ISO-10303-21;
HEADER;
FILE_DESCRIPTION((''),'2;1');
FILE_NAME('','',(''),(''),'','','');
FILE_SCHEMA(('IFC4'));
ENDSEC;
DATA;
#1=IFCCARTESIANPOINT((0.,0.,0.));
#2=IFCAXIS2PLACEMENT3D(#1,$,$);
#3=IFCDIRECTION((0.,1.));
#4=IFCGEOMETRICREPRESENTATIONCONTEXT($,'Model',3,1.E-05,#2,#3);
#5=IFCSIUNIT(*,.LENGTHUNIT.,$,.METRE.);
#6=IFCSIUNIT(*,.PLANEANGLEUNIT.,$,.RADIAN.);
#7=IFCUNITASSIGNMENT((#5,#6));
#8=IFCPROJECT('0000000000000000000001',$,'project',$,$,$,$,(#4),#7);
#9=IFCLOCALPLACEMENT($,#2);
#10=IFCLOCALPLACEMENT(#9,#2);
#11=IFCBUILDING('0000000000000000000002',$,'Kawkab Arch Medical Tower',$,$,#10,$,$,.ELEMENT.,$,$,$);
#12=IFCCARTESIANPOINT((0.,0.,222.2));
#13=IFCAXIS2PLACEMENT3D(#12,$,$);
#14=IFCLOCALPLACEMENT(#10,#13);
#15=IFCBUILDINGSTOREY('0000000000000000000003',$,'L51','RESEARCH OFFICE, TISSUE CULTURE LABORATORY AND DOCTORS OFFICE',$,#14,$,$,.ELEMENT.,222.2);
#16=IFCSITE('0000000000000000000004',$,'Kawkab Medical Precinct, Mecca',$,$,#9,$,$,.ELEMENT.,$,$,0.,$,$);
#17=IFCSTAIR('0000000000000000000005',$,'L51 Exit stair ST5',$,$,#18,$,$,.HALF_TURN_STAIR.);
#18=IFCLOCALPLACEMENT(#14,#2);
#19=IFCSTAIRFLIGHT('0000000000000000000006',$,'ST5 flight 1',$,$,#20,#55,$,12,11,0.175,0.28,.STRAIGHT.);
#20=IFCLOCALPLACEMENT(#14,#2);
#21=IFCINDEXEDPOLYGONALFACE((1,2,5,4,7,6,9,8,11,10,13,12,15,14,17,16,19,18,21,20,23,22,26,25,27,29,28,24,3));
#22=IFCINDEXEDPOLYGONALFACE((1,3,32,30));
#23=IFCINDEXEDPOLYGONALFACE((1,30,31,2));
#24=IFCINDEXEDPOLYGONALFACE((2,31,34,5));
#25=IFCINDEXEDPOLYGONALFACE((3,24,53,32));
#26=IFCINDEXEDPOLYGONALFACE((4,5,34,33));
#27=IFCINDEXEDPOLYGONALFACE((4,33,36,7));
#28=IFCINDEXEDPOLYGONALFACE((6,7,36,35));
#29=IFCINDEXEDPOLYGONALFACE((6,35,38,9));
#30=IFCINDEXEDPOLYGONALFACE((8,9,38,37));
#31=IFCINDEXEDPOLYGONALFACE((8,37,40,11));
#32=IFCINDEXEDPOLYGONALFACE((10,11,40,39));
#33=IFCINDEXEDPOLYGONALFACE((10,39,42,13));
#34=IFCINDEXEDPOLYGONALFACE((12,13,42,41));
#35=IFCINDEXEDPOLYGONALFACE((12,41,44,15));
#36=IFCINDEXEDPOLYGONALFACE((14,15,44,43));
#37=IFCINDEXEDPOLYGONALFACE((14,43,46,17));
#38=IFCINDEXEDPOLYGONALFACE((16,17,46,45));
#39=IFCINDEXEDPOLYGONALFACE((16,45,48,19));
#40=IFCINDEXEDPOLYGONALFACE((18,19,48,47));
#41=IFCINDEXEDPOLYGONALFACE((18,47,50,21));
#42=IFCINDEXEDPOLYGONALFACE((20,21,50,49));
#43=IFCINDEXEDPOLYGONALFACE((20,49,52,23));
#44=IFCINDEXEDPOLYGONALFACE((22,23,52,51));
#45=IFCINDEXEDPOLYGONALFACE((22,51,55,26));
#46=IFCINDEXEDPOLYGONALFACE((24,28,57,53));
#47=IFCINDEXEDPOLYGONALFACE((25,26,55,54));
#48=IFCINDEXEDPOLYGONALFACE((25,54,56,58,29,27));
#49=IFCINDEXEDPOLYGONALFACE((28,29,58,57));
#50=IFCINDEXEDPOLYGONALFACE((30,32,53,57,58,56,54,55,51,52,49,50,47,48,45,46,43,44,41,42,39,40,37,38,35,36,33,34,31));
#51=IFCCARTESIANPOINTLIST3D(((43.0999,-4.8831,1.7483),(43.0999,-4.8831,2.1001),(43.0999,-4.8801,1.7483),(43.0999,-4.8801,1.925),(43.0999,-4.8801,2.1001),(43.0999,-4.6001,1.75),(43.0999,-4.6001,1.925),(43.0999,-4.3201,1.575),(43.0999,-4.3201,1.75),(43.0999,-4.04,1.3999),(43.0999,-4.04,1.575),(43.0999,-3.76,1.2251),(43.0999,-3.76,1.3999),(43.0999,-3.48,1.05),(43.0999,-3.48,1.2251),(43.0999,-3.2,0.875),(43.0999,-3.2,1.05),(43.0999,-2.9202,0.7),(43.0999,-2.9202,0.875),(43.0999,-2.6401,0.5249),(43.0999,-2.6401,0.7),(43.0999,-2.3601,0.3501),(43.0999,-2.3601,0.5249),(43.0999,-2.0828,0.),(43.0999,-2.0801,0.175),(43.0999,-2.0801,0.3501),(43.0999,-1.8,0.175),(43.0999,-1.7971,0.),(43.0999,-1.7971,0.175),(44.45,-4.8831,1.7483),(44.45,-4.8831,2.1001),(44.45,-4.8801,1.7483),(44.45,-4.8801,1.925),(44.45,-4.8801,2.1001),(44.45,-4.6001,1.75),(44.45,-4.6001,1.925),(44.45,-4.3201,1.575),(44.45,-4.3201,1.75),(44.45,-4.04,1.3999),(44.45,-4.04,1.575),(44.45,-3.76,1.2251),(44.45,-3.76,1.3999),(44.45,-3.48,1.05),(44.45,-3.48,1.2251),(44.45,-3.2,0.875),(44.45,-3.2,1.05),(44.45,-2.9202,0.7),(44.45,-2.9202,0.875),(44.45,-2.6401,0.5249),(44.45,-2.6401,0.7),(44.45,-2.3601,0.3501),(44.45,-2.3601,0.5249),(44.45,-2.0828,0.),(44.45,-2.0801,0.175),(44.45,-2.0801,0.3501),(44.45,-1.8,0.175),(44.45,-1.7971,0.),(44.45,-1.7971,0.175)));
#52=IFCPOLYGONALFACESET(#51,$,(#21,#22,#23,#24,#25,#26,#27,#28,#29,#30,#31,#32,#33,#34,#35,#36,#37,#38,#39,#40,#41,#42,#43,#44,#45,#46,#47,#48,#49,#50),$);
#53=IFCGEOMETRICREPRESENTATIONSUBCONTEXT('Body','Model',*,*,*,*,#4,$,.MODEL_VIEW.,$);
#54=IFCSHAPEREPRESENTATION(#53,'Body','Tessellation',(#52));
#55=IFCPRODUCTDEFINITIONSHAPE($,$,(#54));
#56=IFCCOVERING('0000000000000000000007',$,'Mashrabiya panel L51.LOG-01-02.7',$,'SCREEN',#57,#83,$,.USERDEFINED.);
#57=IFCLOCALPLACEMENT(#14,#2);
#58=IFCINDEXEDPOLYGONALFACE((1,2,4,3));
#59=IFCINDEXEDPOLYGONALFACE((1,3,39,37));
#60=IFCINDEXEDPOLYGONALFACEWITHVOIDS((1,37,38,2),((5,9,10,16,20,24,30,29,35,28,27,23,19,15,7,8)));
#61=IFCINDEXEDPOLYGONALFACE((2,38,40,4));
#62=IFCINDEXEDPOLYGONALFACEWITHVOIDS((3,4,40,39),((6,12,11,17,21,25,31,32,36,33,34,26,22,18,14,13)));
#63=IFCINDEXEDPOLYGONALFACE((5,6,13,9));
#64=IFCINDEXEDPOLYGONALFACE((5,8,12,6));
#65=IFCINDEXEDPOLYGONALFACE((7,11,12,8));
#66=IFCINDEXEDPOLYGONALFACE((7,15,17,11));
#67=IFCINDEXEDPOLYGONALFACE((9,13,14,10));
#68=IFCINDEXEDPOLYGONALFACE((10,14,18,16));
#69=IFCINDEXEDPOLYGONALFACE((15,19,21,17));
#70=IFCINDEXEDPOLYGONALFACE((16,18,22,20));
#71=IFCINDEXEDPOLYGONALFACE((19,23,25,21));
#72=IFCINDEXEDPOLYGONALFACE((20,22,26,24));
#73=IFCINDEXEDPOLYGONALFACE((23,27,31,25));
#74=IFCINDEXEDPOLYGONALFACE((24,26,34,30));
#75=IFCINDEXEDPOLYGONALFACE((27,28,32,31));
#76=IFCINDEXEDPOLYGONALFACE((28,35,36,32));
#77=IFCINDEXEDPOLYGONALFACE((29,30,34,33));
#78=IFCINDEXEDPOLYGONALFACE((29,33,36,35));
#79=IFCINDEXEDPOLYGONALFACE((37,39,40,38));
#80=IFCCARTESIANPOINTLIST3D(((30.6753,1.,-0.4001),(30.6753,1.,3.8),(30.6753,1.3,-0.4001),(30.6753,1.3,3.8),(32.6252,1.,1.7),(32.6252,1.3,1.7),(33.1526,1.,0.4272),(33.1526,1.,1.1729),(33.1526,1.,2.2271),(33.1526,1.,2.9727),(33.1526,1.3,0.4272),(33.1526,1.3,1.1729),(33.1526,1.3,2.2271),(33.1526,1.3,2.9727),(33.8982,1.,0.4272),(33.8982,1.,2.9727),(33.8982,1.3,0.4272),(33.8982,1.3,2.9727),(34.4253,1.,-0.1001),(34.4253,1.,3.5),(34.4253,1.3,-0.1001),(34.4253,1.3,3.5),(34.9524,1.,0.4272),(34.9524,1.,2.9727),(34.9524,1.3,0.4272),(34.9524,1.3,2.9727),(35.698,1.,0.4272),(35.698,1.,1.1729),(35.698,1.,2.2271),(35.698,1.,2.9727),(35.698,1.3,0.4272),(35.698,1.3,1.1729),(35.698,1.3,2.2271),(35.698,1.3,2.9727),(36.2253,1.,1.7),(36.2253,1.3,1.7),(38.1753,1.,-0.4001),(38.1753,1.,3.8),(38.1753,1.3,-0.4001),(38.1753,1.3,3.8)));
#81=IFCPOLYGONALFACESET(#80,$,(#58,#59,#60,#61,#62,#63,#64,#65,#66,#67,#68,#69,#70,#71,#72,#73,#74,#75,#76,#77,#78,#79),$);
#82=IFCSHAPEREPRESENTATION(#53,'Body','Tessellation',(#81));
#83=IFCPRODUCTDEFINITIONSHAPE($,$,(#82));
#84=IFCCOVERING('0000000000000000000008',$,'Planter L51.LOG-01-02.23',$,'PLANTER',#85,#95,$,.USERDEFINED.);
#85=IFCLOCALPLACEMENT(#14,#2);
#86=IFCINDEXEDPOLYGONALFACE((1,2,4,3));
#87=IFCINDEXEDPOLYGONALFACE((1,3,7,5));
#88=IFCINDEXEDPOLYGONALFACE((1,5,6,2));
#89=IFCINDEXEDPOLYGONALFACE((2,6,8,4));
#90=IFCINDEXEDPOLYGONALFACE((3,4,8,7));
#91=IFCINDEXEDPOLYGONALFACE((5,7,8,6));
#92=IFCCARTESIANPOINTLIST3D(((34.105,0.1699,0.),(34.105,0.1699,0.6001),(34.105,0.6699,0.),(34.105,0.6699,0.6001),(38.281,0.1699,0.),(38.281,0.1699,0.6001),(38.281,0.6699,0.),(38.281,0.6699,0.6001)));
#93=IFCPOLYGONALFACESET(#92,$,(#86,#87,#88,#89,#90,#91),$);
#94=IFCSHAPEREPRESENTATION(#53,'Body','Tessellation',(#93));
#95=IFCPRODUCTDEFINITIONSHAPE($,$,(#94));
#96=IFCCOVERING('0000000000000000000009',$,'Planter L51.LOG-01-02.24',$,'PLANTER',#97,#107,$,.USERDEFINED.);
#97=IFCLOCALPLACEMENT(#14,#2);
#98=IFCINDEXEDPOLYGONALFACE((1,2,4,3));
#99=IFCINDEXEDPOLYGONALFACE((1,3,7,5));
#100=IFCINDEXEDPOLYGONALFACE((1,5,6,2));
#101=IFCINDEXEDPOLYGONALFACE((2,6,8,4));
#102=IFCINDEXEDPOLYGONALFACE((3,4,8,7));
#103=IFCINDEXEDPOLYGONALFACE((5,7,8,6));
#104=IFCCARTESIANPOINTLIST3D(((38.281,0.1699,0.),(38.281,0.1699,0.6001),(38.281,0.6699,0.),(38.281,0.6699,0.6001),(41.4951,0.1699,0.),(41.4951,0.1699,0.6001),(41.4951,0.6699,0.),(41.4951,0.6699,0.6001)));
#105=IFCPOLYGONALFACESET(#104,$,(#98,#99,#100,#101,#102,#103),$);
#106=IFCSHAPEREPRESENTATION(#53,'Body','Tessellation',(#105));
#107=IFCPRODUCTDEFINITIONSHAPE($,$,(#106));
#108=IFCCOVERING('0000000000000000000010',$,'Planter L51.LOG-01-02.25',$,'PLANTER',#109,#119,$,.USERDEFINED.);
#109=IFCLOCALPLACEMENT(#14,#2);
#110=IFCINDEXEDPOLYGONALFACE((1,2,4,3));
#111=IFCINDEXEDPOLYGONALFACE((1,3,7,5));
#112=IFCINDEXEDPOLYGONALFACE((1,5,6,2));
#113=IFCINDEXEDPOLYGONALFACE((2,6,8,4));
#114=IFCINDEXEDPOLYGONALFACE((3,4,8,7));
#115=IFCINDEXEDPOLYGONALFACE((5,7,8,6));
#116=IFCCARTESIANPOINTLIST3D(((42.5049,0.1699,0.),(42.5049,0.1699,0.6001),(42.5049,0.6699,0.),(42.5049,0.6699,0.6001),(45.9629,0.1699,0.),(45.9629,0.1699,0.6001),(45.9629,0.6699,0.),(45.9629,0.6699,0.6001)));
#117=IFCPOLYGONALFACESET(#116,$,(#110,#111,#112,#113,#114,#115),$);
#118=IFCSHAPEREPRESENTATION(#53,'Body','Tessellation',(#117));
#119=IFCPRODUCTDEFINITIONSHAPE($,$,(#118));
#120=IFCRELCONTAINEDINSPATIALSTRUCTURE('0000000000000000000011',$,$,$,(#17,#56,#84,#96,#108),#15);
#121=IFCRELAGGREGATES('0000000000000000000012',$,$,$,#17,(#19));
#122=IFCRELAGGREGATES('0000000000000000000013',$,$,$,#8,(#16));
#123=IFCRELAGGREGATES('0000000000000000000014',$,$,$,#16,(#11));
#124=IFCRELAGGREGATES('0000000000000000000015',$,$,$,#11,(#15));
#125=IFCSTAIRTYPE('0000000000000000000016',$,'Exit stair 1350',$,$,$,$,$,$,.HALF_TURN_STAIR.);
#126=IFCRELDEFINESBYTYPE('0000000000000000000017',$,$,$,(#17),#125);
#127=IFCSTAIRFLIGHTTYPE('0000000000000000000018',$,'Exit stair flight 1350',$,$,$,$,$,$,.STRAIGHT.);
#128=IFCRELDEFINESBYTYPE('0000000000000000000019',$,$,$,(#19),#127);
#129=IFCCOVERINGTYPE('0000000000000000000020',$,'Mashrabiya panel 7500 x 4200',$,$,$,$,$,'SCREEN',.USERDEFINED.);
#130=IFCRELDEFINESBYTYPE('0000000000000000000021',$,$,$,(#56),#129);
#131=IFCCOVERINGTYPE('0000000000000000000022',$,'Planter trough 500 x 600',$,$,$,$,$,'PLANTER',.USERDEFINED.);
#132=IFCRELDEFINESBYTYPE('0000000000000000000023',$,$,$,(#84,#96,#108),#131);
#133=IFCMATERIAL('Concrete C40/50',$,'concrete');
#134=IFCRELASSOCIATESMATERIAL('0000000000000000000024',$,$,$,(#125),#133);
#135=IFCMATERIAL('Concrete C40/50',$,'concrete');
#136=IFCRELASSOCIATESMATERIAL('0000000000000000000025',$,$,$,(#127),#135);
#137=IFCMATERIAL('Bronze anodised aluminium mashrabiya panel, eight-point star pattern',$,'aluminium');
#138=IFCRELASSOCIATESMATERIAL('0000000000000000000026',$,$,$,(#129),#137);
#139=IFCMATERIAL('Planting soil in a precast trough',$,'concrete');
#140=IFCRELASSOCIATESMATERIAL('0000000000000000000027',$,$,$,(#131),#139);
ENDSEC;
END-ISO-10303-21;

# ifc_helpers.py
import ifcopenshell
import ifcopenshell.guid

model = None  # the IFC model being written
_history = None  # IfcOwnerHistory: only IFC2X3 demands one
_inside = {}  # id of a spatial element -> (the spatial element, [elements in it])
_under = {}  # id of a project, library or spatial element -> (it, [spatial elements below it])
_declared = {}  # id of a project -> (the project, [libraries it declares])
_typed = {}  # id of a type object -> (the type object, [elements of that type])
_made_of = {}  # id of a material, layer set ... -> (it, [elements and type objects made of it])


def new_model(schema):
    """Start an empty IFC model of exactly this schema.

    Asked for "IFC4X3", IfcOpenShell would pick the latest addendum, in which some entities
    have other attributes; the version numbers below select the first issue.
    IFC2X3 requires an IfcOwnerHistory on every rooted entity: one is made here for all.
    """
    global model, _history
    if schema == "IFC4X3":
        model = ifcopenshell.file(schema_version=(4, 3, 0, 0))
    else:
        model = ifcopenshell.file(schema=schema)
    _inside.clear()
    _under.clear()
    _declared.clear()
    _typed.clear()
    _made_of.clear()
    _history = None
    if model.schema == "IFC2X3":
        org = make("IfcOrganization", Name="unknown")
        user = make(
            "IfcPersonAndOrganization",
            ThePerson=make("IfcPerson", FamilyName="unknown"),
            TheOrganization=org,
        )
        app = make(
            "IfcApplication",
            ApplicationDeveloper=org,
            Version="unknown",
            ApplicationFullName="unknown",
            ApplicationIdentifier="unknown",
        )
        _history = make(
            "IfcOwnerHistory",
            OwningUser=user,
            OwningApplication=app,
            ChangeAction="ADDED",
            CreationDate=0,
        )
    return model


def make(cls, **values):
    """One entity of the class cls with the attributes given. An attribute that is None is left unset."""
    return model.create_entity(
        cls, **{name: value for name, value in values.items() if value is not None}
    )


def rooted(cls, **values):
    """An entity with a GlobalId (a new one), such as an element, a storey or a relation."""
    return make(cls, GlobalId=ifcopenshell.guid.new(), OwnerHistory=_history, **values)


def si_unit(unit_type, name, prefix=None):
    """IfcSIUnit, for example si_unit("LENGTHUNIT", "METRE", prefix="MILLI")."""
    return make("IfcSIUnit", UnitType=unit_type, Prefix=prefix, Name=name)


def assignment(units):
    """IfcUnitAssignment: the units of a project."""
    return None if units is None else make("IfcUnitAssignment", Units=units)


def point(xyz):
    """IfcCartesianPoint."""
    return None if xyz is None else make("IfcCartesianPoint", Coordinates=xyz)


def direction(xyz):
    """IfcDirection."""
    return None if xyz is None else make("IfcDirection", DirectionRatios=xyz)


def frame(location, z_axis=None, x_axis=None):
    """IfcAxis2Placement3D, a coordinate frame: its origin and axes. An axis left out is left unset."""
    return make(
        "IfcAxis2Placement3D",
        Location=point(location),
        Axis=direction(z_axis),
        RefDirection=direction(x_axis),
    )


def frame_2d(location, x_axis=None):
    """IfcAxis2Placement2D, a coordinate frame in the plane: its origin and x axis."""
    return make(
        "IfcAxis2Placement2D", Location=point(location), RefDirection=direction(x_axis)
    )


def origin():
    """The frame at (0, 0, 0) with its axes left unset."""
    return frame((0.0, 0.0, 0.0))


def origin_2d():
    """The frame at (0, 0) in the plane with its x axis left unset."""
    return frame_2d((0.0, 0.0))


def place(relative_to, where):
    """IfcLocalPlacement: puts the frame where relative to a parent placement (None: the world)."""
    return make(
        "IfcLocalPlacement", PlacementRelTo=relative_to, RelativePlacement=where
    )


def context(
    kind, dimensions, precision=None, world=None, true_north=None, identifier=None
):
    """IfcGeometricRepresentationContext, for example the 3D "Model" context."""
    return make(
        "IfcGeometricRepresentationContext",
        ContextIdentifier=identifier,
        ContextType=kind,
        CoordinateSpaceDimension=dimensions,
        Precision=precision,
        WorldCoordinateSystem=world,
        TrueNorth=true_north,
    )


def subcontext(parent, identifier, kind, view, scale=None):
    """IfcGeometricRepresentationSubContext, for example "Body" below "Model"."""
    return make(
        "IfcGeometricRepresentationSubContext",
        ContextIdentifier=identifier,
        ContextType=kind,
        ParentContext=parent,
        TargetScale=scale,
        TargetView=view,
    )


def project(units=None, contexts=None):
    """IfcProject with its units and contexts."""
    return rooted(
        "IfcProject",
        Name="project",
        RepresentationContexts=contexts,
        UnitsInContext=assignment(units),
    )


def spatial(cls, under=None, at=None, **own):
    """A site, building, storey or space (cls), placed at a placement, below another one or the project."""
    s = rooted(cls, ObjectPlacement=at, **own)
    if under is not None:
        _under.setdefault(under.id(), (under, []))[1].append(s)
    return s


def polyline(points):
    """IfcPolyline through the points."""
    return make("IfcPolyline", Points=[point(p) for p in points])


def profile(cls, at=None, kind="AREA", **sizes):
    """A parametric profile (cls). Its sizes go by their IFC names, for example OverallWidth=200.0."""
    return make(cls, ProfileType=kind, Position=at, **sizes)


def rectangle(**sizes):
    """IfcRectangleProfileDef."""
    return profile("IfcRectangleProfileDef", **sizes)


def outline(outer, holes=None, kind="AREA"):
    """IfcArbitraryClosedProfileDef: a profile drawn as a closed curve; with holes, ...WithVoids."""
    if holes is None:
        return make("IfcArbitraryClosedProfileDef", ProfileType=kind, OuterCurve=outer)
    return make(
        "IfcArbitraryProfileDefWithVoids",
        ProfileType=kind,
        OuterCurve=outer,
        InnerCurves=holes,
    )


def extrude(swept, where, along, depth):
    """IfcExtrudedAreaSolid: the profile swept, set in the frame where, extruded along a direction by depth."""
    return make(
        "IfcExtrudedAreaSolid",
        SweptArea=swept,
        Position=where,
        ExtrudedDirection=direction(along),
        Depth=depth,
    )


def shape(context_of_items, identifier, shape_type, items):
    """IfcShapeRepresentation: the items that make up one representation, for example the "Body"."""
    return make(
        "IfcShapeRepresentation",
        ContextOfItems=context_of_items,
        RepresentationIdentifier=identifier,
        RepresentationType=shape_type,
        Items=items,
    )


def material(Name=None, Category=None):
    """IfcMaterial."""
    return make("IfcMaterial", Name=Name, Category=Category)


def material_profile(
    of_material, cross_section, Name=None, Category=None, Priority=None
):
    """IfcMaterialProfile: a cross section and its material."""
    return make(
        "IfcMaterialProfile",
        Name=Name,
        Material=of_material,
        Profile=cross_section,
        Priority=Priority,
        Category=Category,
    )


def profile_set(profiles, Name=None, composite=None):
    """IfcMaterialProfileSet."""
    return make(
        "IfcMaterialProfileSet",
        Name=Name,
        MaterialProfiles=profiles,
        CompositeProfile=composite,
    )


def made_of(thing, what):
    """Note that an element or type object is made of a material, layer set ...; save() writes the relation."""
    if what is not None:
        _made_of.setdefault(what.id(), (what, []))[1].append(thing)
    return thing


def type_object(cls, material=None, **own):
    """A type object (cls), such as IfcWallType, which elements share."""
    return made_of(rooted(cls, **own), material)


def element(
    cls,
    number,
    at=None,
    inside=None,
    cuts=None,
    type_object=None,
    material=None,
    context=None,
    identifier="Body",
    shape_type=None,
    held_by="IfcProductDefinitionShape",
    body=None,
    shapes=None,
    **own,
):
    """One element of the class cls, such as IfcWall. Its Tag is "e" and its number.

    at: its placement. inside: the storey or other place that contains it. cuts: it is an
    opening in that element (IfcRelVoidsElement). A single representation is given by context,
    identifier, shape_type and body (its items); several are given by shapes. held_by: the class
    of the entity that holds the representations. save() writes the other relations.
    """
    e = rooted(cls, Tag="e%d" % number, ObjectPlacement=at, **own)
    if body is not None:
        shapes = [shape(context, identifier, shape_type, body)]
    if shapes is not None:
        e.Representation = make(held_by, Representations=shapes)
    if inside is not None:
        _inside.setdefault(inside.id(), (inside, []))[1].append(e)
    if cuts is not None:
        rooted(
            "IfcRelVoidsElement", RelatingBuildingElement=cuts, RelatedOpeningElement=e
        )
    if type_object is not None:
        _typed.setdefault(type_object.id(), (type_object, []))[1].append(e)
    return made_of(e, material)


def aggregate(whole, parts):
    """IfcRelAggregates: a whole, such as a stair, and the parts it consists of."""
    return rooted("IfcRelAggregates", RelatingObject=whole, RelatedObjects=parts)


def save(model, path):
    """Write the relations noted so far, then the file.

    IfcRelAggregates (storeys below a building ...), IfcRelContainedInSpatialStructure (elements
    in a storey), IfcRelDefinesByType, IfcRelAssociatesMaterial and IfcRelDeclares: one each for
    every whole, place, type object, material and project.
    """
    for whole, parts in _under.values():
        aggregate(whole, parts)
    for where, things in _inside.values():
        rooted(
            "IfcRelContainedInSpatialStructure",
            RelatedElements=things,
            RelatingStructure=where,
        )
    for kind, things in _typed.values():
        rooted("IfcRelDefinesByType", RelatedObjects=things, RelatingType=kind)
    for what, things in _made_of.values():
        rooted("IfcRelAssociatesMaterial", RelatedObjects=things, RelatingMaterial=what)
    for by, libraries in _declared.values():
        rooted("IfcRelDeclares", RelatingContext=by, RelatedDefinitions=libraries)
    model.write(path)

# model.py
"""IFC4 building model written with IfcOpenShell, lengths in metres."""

from ifc_helpers import new_model, si_unit, direction, frame, origin, origin_2d, place, context, subcontext, project, spatial, polyline, rectangle, outline, extrude, material, material_profile, profile_set, type_object, element, aggregate, save


model = new_model("IFC4")

# Units and contexts
model_context = context("Model", 3, precision=1e-05, world=origin(), true_north=direction((0.0, 1.0)))
body_context = subcontext(model_context, "Body", "Model", "MODEL_VIEW")
ifc_project = project(units=[si_unit("LENGTHUNIT", "METRE"), si_unit("PLANEANGLEUNIT", "RADIAN")], contexts=[model_context])

# Site, building, storey
site_placement = place(None, origin())
site = spatial("IfcSite", under=ifc_project, at=site_placement, Name="Kawkab Medical Precinct, Mecca", CompositionType="ELEMENT", RefElevation=0.0)
building_placement = place(site_placement, origin())
building = spatial("IfcBuilding", under=site, at=building_placement, Name="Kawkab Arch Medical Tower", CompositionType="ELEMENT")
storey_placement = place(building_placement, frame((0.0, 0.0, 222.2)))
storey = spatial("IfcBuildingStorey", under=building, at=storey_placement, Name="L51", Description="RESEARCH OFFICE, TISSUE CULTURE LABORATORY AND DOCTORS OFFICE", CompositionType="ELEMENT", Elevation=222.2)

# Shared definitions
placement = place(storey_placement, origin())

# Stair, stair flight
ifc_material_1 = material(Name="Concrete C40/50", Category="concrete")
stair_type = type_object("IfcStairType", Name="Exit stair 1350", PredefinedType="HALF_TURN_STAIR", material=ifc_material_1)
stair = element("IfcStair", 1, at=placement, inside=storey, type_object=stair_type, Name="L51 Exit stair ST5", PredefinedType="HALF_TURN_STAIR")
ifc_material_2 = material(Name="Concrete C40/50", Category="concrete")
stair_flight_type = type_object("IfcStairFlightType", Name="Exit stair flight 1350", PredefinedType="STRAIGHT", material=ifc_material_2)
stair_flight_placement = place(storey_placement, frame((43.7749, -1.8, 0.0), z_axis=(0.0, 0.0, 1.0), x_axis=(0.0, -1.0, 0.0)))
stair_flight = element("IfcStairFlight", 2, at=stair_flight_placement, type_object=stair_flight_type, Name="ST5 flight 1", NumberOfRisers=12, NumberOfTreads=11, PredefinedType="STRAIGHT", RiserHeight=0.175, TreadLength=0.28, context=body_context, shape_type="SweptSolid", body=[
    extrude(outline(polyline([(-0.0029, 0.0), (-0.0029, 0.175), (0.0, 0.175), (0.28, 0.175), (0.28, 0.3501), (0.5601, 0.3501), (0.5601, 0.5249), (0.8401, 0.5249), (0.8401, 0.7), (1.1201, 0.7), (1.1201, 0.875), (1.3999, 0.875), (1.3999, 1.05), (1.6799, 1.05), (1.6799, 1.2251), (1.96, 1.2251), (1.96, 1.3999), (2.24, 1.3999), (2.24, 1.575), (2.52, 1.575), (2.52, 1.75), (2.8, 1.75), (2.8, 1.925), (3.0801, 1.925), (3.0801, 2.1001), (3.083, 2.1001), (3.083, 1.7483), (3.0801, 1.7483), (0.2827, 0.0), (-0.0029, 0.0)])), frame((0.0, 0.675, 0.0), z_axis=(0.0, -1.0, 0.0), x_axis=(1.0, 0.0, 0.0)), (0.0, 0.0, 1.0), 1.3501),
])
aggregate(stair, [stair_flight])

# Coverings
ifc_material_3 = material(Name="Bronze anodised aluminium mashrabiya panel, eight-point star pattern", Category="aluminium")
ifc_material_profile_1 = material_profile(ifc_material_3, outline(polyline([(-3.75, -2.1001), (3.75, -2.1001), (3.75, 2.1001), (-3.75, 2.1001), (-3.75, -2.1001)]), holes=[polyline([(1.8, 0.0), (1.2727, 0.5271), (1.2727, 1.2727), (0.5271, 1.2727), (0.0, 1.8), (-0.5271, 1.2727), (-1.2727, 1.2727), (-1.2727, 0.5271), (-1.8, 0.0), (-1.2727, -0.5271), (-1.2727, -1.2727), (-0.5271, -1.2727), (0.0, -1.8), (0.5271, -1.2727), (1.2727, -1.2727), (1.2727, -0.5271), (1.8, 0.0)])]), Name="Mashrabiya panel 7500x4200")
ifc_profile_set_1 = profile_set([ifc_material_profile_1], Name="Bronze anodised aluminium mashrabiya panel, eight-point star pattern")
covering_type_1 = type_object("IfcCoveringType", Name="Mashrabiya panel 7500 x 4200", ElementType="SCREEN", PredefinedType="USERDEFINED", material=ifc_profile_set_1)
covering_1_placement = place(storey_placement, frame((34.4253, 1.0, 1.7), z_axis=(0.0, 1.0, 0.0), x_axis=(-1.0, 0.0, 0.0)))
element("IfcCovering", 3, at=covering_1_placement, inside=storey, type_object=covering_type_1, Name="Mashrabiya panel L51.LOG-01-02.7", ObjectType="SCREEN", PredefinedType="USERDEFINED", context=body_context, shape_type="SweptSolid", body=[
    extrude(outline(polyline([(-3.75, -2.1001), (3.75, -2.1001), (3.75, 2.1001), (-3.75, 2.1001), (-3.75, -2.1001)]), holes=[polyline([(1.8, 0.0), (1.2727, 0.5271), (1.2727, 1.2727), (0.5271, 1.2727), (0.0, 1.8), (-0.5271, 1.2727), (-1.2727, 1.2727), (-1.2727, 0.5271), (-1.8, 0.0), (-1.2727, -0.5271), (-1.2727, -1.2727), (-0.5271, -1.2727), (0.0, -1.8), (0.5271, -1.2727), (1.2727, -1.2727), (1.2727, -0.5271), (1.8, 0.0)])]), origin(), (0.0, 0.0, 1.0), 0.3),
])
ifc_material_4 = material(Name="Planting soil in a precast trough", Category="concrete")
ifc_material_profile_2 = material_profile(ifc_material_4, rectangle(XDim=0.5, YDim=0.6001, at=origin_2d()), Name="Trough 500x600")
ifc_profile_set_2 = profile_set([ifc_material_profile_2], Name="Planting soil in a precast trough")
covering_type_2 = type_object("IfcCoveringType", Name="Planter trough 500 x 600", ElementType="PLANTER", PredefinedType="USERDEFINED", material=ifc_profile_set_2)
covering_2_placement = place(storey_placement, frame((34.105, 0.4199, 0.3), z_axis=(1.0, 0.0, 0.0), x_axis=(0.0, 1.0, 0.0)))
element("IfcCovering", 4, at=covering_2_placement, inside=storey, type_object=covering_type_2, Name="Planter L51.LOG-01-02.23", ObjectType="PLANTER", PredefinedType="USERDEFINED", context=body_context, shape_type="SweptSolid", body=[
    extrude(rectangle(XDim=0.5, YDim=0.6001, at=origin_2d()), origin(), (0.0, 0.0, 1.0), 4.176),
])
covering_3_placement = place(storey_placement, frame((38.281, 0.4199, 0.3), z_axis=(1.0, 0.0, 0.0), x_axis=(0.0, 1.0, 0.0)))
element("IfcCovering", 5, at=covering_3_placement, inside=storey, type_object=covering_type_2, Name="Planter L51.LOG-01-02.24", ObjectType="PLANTER", PredefinedType="USERDEFINED", context=body_context, shape_type="SweptSolid", body=[
    extrude(rectangle(XDim=0.5, YDim=0.6001, at=origin_2d()), origin(), (0.0, 0.0, 1.0), 3.2141),
])
covering_4_placement = place(storey_placement, frame((42.5049, 0.4199, 0.3), z_axis=(1.0, 0.0, 0.0), x_axis=(0.0, 1.0, 0.0)))
element("IfcCovering", 6, at=covering_4_placement, inside=storey, type_object=covering_type_2, Name="Planter L51.LOG-01-02.25", ObjectType="PLANTER", PredefinedType="USERDEFINED", context=body_context, shape_type="SweptSolid", body=[
    extrude(rectangle(XDim=0.5, YDim=0.6001, at=origin_2d()), origin(), (0.0, 0.0, 1.0), 3.458),
])

save(model, "model.ifc")
